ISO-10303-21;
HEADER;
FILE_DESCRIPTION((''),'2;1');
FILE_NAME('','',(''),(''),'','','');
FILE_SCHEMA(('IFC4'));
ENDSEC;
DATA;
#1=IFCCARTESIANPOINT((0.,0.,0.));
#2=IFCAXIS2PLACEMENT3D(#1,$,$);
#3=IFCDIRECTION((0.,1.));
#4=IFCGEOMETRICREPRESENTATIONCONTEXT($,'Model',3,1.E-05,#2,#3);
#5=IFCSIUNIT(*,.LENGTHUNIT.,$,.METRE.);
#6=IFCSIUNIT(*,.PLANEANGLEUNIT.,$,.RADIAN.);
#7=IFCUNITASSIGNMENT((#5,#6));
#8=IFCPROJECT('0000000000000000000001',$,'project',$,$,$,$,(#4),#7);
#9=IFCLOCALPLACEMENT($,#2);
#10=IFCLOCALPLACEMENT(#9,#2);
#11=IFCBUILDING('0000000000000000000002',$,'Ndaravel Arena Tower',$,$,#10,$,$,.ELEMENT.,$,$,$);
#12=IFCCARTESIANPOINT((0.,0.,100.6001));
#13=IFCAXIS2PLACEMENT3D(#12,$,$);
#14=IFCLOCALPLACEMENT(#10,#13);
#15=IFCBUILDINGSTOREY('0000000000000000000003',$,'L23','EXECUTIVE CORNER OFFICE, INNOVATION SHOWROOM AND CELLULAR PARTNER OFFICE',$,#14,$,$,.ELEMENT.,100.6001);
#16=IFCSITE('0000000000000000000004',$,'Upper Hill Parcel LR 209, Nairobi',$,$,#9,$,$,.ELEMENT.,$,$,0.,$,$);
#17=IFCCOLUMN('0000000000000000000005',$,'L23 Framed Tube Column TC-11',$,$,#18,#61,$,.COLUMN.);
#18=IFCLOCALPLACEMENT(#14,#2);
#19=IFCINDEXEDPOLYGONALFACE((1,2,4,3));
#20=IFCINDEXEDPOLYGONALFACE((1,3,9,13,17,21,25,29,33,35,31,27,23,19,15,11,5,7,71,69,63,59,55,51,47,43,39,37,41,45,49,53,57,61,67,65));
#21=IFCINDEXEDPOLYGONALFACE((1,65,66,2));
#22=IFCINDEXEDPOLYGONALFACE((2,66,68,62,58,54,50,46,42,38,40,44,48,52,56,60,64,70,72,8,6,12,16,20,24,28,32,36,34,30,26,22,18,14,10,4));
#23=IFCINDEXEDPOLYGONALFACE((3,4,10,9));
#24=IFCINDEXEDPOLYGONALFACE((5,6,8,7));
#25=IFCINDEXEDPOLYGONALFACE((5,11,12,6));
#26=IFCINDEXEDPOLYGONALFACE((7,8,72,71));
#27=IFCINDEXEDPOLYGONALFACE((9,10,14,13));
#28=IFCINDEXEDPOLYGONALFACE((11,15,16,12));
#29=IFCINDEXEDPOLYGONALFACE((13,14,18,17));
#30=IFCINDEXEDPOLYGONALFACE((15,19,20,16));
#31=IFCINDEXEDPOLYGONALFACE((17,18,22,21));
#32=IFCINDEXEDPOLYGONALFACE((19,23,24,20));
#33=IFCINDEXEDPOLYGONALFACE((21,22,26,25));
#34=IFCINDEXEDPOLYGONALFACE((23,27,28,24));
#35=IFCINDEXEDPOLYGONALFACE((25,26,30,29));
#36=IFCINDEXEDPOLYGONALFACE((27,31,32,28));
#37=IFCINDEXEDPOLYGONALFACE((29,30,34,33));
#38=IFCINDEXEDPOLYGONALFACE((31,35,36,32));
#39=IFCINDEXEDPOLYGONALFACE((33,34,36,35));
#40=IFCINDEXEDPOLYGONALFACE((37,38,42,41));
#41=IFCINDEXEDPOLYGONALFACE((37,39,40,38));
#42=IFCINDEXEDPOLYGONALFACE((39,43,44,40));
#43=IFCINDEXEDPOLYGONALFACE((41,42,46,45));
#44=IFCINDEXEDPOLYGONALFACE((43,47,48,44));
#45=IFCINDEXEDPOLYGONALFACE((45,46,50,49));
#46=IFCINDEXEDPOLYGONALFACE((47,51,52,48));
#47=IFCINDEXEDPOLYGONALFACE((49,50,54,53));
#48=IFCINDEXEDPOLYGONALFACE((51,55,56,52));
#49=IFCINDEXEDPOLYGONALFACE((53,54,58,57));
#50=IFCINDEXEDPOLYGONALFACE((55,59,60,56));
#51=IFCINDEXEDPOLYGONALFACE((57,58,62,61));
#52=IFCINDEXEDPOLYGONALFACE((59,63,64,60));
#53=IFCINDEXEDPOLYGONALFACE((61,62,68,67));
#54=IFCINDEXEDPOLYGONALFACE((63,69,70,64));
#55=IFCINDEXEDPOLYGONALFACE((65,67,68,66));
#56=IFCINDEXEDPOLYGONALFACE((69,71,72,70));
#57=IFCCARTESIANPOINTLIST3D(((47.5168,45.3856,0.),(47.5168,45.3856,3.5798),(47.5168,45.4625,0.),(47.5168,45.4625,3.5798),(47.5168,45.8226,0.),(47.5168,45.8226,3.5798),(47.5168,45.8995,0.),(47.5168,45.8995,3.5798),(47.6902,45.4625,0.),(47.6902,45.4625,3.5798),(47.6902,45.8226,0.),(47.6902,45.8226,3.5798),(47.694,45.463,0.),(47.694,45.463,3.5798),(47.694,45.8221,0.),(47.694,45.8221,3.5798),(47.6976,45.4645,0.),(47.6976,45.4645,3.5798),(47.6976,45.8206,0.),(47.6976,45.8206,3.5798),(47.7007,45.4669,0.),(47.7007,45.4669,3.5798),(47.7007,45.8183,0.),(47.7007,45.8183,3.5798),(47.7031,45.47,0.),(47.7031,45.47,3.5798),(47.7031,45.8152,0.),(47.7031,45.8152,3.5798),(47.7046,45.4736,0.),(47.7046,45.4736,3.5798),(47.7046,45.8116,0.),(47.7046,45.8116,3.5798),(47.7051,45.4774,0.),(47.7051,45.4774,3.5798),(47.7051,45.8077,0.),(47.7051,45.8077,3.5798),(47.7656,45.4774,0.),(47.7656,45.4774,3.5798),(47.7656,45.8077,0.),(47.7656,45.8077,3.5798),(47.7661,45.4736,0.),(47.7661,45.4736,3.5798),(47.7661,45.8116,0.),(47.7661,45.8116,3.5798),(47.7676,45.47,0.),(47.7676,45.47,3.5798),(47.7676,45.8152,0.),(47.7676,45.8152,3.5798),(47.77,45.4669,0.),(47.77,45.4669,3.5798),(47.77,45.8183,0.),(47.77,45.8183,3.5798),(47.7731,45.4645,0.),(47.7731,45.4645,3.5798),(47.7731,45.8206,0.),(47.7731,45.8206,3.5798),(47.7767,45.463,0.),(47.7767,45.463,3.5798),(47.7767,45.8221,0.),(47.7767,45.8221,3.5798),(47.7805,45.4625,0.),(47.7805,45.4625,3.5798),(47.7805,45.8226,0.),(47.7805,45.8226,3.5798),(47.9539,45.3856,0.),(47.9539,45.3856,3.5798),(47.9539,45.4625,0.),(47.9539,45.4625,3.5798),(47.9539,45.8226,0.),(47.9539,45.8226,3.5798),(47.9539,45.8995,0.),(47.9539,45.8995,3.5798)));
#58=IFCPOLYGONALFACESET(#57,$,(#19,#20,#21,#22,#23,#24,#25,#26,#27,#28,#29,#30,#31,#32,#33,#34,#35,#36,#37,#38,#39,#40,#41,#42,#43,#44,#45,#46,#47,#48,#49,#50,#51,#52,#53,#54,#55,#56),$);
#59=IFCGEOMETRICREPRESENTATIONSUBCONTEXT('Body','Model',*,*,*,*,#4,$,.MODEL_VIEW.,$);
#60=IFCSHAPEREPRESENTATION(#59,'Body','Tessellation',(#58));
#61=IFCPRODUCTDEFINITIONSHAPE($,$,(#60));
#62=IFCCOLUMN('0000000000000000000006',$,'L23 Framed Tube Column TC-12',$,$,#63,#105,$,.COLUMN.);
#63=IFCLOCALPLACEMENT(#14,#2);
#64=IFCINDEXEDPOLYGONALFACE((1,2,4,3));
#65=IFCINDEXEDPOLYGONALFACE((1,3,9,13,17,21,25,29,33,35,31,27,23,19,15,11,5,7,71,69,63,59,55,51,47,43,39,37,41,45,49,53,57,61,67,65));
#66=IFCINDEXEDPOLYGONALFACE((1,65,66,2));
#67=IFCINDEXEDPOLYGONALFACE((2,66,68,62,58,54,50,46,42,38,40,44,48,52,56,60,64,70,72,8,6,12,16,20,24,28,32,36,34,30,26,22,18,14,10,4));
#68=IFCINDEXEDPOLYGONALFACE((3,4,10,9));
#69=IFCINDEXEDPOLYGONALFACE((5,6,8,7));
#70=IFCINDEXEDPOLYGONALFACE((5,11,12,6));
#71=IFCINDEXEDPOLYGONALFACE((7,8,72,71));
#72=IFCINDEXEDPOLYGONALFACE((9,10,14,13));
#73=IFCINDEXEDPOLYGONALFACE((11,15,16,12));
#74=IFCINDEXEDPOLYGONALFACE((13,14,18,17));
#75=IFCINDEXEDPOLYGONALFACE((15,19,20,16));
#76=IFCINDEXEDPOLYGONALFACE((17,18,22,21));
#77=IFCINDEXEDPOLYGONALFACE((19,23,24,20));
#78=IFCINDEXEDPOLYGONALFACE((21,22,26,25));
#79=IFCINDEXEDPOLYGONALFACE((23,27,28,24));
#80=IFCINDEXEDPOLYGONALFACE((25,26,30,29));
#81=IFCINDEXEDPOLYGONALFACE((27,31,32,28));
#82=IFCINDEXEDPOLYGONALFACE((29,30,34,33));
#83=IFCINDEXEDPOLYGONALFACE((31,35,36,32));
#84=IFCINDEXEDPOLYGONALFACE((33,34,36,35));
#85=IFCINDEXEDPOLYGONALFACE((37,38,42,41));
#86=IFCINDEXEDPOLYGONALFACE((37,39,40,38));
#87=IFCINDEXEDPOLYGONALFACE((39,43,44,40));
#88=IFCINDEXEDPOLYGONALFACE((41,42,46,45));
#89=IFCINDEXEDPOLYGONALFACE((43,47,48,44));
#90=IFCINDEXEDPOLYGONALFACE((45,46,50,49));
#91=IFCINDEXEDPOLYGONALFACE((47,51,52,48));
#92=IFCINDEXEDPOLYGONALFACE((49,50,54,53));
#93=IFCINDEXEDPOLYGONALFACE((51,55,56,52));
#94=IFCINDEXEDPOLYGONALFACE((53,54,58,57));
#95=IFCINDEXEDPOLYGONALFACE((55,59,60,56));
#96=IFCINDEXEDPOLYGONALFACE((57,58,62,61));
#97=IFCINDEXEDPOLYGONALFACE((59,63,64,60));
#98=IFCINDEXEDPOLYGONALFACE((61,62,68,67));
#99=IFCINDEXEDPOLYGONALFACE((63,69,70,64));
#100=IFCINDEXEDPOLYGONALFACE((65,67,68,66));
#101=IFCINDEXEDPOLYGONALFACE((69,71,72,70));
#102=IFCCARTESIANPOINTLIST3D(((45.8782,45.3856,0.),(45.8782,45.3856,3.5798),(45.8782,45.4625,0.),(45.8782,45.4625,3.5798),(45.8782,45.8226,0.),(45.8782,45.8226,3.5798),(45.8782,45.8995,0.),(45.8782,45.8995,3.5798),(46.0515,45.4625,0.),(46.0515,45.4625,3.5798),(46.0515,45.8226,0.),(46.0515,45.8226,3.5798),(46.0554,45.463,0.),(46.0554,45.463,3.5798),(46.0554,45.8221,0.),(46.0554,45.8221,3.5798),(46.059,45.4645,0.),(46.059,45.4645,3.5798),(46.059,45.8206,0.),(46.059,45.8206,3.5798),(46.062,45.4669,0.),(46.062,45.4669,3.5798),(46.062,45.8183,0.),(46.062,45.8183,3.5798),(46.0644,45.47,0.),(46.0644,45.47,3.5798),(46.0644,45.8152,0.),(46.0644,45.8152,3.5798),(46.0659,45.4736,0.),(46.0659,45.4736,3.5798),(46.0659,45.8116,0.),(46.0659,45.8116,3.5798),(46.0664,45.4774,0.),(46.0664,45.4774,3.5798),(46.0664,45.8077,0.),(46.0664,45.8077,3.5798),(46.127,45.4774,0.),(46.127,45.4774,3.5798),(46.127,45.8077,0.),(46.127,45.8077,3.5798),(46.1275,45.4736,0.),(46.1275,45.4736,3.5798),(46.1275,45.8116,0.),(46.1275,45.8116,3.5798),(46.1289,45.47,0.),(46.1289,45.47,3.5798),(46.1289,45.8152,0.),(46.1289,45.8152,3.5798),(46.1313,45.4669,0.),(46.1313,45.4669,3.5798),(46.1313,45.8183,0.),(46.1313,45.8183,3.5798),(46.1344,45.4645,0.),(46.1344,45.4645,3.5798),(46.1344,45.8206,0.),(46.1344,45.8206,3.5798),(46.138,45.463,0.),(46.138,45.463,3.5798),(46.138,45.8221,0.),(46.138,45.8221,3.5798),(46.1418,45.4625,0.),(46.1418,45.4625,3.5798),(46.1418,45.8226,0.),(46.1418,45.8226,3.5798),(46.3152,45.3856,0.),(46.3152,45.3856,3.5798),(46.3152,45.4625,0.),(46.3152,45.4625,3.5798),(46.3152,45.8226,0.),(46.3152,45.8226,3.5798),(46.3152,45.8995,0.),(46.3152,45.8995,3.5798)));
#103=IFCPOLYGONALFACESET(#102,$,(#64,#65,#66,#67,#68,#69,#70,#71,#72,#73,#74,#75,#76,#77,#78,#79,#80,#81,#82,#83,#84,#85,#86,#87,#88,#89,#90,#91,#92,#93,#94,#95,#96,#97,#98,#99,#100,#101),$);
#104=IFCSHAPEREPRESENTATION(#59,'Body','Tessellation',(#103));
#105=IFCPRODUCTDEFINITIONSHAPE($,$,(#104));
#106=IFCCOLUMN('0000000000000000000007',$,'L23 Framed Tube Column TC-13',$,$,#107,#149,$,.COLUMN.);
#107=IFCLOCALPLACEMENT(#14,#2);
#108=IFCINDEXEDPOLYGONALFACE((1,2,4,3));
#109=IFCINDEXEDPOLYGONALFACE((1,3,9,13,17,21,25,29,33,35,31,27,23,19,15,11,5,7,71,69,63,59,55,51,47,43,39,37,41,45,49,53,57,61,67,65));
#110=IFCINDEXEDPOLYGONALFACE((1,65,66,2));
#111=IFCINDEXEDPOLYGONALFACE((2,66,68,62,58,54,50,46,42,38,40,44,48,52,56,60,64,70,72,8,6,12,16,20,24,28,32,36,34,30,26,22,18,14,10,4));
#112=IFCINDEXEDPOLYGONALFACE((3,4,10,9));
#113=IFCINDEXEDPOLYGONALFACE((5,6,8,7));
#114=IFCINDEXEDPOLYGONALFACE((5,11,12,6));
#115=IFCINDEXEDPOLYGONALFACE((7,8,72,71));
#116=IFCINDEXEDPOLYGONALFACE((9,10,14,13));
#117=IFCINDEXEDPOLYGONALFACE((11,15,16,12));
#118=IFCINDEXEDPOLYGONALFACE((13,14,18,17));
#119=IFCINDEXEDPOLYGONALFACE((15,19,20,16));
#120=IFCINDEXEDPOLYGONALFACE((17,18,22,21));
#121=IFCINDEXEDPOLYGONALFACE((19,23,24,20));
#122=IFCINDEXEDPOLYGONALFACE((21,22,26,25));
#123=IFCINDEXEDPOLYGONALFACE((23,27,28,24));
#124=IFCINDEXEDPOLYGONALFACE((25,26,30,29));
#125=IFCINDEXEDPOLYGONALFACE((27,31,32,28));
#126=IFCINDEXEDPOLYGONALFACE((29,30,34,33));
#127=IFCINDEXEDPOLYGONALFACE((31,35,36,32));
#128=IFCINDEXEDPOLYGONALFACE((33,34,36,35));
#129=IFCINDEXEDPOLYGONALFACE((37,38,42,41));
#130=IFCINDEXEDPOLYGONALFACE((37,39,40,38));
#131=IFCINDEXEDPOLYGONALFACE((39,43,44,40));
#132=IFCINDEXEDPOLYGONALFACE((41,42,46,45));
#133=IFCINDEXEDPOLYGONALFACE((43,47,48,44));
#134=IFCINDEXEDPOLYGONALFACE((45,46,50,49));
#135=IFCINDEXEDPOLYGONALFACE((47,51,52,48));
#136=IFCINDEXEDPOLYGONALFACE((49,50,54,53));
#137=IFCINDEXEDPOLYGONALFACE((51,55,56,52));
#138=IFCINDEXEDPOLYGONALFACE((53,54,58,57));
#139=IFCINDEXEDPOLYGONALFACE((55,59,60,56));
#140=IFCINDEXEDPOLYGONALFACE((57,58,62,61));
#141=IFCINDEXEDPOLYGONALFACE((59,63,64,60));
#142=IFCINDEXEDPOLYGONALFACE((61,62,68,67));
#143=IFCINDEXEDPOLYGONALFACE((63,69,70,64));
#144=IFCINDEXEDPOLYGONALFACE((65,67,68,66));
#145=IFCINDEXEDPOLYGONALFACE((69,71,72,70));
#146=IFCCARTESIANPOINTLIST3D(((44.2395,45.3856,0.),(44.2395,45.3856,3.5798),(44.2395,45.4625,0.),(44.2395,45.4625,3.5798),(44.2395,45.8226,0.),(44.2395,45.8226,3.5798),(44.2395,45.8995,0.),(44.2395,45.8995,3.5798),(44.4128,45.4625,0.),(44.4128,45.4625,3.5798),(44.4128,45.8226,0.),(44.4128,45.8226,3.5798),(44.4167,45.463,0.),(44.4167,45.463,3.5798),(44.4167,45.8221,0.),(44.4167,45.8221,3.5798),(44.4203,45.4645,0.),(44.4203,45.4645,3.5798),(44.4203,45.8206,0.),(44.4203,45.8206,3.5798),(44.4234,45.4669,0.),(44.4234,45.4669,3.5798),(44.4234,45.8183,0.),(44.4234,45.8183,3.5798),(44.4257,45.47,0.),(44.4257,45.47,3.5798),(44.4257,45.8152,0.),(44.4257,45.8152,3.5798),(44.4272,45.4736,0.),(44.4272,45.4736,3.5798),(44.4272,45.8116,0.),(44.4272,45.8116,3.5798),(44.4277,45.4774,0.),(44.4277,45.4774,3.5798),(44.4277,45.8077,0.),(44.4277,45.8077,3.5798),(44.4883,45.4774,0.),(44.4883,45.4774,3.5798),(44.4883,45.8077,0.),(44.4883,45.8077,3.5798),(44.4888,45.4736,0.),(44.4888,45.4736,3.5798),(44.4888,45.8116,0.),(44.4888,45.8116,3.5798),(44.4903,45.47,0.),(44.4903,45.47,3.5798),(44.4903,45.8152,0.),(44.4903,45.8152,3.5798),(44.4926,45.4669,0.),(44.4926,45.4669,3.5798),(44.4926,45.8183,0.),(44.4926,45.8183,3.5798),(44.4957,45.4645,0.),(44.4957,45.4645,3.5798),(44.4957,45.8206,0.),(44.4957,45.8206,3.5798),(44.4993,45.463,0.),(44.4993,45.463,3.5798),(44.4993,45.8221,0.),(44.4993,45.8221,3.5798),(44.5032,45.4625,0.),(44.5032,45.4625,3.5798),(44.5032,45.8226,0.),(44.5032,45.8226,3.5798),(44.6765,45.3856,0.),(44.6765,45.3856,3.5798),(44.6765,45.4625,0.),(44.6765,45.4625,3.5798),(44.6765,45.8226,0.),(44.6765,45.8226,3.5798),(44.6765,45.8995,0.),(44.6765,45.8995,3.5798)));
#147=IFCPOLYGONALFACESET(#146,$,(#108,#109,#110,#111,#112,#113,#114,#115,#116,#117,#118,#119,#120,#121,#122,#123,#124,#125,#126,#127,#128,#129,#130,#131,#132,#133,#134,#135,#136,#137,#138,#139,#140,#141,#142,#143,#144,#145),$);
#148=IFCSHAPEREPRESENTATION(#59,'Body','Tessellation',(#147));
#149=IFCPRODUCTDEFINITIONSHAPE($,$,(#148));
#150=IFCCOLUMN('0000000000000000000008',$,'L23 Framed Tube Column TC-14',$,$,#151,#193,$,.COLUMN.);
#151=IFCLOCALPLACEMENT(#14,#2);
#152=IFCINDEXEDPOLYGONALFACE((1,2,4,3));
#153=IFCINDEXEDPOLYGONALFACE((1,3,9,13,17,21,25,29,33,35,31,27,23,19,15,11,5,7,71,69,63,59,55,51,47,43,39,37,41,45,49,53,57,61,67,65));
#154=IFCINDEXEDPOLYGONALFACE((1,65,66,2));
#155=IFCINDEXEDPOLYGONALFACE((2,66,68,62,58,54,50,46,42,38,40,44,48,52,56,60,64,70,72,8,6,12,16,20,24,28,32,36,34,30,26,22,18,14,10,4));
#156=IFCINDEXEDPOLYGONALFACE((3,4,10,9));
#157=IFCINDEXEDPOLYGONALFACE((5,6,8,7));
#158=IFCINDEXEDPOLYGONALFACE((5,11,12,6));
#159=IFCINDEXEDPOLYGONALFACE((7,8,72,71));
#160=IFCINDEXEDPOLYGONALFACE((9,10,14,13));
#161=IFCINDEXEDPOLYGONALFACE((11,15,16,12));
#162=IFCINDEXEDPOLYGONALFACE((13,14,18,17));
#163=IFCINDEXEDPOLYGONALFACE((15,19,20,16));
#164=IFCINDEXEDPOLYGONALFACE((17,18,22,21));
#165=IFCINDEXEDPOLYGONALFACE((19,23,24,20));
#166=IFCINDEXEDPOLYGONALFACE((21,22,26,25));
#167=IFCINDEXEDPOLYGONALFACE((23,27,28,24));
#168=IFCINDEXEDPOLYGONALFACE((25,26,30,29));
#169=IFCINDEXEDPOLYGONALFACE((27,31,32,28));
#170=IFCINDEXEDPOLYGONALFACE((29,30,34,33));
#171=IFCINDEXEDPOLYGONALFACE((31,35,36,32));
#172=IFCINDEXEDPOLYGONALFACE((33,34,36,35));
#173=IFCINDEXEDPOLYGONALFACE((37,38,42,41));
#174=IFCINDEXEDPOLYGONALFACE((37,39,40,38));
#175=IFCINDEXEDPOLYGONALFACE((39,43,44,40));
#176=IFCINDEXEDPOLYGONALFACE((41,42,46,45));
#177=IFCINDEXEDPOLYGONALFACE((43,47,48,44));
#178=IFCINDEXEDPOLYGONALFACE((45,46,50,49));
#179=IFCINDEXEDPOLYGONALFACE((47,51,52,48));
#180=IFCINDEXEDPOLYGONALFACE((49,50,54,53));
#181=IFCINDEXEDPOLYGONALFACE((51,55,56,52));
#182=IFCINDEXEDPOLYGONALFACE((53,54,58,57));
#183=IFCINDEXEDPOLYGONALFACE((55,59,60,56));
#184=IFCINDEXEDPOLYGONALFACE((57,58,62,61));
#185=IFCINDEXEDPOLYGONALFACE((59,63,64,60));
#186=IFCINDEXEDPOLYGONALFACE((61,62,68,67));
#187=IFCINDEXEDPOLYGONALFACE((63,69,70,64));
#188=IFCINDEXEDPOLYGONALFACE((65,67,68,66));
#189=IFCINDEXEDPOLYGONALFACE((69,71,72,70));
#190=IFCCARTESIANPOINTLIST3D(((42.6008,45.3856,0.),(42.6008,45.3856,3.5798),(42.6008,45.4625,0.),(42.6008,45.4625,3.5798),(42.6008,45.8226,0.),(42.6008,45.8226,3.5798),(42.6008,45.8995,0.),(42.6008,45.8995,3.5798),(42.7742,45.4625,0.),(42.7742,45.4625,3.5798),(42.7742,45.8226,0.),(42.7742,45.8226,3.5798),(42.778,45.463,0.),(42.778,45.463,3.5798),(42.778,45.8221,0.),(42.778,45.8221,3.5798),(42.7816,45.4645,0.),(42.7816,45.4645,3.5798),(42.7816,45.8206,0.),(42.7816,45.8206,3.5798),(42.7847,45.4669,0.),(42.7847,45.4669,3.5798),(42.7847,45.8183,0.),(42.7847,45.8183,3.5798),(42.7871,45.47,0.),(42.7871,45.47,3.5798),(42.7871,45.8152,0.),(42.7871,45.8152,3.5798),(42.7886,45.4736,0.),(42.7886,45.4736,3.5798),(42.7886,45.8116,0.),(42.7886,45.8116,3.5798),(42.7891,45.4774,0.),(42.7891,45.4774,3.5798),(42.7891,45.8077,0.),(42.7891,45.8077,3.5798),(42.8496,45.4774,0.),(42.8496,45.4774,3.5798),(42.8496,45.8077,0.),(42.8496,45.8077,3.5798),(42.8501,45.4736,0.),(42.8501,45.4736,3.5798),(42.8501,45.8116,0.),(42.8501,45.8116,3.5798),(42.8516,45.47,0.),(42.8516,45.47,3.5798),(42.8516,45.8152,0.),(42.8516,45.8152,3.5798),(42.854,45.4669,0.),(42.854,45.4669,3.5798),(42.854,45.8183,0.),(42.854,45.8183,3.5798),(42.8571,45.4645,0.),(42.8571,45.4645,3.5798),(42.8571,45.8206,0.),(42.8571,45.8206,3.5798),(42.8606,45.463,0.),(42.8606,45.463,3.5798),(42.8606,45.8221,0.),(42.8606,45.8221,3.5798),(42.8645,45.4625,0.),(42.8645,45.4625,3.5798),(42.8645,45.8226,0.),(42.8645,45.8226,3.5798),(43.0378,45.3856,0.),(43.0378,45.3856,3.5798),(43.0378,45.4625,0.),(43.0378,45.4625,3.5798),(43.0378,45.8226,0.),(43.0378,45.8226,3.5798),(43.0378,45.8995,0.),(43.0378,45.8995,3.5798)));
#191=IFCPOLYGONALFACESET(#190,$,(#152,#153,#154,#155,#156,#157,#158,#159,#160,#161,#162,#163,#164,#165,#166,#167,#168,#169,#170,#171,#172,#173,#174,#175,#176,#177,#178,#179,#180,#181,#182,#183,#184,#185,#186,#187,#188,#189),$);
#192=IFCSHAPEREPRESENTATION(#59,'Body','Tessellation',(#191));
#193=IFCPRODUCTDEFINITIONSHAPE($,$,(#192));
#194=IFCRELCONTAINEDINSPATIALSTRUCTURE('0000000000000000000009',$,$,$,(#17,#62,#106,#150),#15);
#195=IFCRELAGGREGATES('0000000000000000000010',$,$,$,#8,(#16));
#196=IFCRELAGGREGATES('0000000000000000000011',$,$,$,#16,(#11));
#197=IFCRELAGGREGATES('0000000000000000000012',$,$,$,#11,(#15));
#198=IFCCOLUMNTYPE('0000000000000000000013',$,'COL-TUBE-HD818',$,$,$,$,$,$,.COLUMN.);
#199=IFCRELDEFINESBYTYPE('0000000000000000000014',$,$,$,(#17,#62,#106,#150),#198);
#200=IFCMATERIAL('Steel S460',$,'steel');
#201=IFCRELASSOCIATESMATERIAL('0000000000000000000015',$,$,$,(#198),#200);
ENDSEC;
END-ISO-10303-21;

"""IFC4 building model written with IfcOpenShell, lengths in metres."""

from ifc_helpers import new_model, si_unit, direction, frame, origin, origin_2d, place, context, subcontext, project, spatial, i_section, extrude, material, material_profile, profile_set, type_object, element, save


model = new_model("IFC4")

# Units and contexts
model_context = context("Model", 3, precision=1e-05, world=origin(), true_north=direction((0.0, 1.0)))
body_context = subcontext(model_context, "Body", "Model", "MODEL_VIEW")
ifc_project = project(units=[si_unit("LENGTHUNIT", "METRE"), si_unit("PLANEANGLEUNIT", "RADIAN")], contexts=[model_context])

# Site, building, storey
site_placement = place(None, origin())
site = spatial("IfcSite", under=ifc_project, at=site_placement, Name="Upper Hill Parcel LR 209, Nairobi", CompositionType="ELEMENT", RefElevation=0.0)
building_placement = place(site_placement, origin())
building = spatial("IfcBuilding", under=site, at=building_placement, Name="Ndaravel Arena Tower", CompositionType="ELEMENT")
storey_placement = place(building_placement, frame((0.0, 0.0, 100.6001)))
storey = spatial("IfcBuildingStorey", under=building, at=storey_placement, Name="L23", Description="EXECUTIVE CORNER OFFICE, INNOVATION SHOWROOM AND CELLULAR PARTNER OFFICE", CompositionType="ELEMENT", Elevation=100.6001)

# Columns
ifc_material_1 = material(Name="Steel S460", Category="steel")
ifc_material_profile_1 = material_profile(ifc_material_1, i_section(OverallWidth=0.437, OverallDepth=0.5139, WebThickness=0.0605, FlangeThickness=0.0769, FilletRadius=0.0149, at=origin_2d()), Name="HD 400x818")
ifc_profile_set_1 = profile_set([ifc_material_profile_1], Name="Steel S460")
column_type = type_object("IfcColumnType", Name="COL-TUBE-HD818", PredefinedType="COLUMN", material=ifc_profile_set_1)
for number, where, z_axis, x_axis, name in (
    (1, (47.7354, 45.6426, 0.0), (0.0, 0.0, 1.0), (1.0, 0.0, 0.0), "L23 Framed Tube Column TC-11"),
    (2, (46.0967, 45.6426, 0.0), (0.0, 0.0, 1.0), (1.0, 0.0, 0.0), "L23 Framed Tube Column TC-12"),
    (3, (44.458, 45.6426, 0.0), (0.0, 0.0, 1.0), (1.0, 0.0, 0.0), "L23 Framed Tube Column TC-13"),
    (4, (42.8193, 45.6426, 0.0), (0.0, 0.0, 1.0), (1.0, 0.0, 0.0), "L23 Framed Tube Column TC-14"),
):
    element("IfcColumn", number, at=place(storey_placement, frame(where, z_axis=z_axis, x_axis=x_axis)), inside=storey, type_object=column_type, Name=name, PredefinedType="COLUMN", context=body_context, shape_type="SweptSolid", body=[
        extrude(i_section(OverallWidth=0.437, OverallDepth=0.5139, WebThickness=0.0605, FlangeThickness=0.0769, FilletRadius=0.0149, at=origin_2d()), origin(), (0.0, 0.0, 1.0), 3.5798),
    ])

save(model, "model.ifc")
